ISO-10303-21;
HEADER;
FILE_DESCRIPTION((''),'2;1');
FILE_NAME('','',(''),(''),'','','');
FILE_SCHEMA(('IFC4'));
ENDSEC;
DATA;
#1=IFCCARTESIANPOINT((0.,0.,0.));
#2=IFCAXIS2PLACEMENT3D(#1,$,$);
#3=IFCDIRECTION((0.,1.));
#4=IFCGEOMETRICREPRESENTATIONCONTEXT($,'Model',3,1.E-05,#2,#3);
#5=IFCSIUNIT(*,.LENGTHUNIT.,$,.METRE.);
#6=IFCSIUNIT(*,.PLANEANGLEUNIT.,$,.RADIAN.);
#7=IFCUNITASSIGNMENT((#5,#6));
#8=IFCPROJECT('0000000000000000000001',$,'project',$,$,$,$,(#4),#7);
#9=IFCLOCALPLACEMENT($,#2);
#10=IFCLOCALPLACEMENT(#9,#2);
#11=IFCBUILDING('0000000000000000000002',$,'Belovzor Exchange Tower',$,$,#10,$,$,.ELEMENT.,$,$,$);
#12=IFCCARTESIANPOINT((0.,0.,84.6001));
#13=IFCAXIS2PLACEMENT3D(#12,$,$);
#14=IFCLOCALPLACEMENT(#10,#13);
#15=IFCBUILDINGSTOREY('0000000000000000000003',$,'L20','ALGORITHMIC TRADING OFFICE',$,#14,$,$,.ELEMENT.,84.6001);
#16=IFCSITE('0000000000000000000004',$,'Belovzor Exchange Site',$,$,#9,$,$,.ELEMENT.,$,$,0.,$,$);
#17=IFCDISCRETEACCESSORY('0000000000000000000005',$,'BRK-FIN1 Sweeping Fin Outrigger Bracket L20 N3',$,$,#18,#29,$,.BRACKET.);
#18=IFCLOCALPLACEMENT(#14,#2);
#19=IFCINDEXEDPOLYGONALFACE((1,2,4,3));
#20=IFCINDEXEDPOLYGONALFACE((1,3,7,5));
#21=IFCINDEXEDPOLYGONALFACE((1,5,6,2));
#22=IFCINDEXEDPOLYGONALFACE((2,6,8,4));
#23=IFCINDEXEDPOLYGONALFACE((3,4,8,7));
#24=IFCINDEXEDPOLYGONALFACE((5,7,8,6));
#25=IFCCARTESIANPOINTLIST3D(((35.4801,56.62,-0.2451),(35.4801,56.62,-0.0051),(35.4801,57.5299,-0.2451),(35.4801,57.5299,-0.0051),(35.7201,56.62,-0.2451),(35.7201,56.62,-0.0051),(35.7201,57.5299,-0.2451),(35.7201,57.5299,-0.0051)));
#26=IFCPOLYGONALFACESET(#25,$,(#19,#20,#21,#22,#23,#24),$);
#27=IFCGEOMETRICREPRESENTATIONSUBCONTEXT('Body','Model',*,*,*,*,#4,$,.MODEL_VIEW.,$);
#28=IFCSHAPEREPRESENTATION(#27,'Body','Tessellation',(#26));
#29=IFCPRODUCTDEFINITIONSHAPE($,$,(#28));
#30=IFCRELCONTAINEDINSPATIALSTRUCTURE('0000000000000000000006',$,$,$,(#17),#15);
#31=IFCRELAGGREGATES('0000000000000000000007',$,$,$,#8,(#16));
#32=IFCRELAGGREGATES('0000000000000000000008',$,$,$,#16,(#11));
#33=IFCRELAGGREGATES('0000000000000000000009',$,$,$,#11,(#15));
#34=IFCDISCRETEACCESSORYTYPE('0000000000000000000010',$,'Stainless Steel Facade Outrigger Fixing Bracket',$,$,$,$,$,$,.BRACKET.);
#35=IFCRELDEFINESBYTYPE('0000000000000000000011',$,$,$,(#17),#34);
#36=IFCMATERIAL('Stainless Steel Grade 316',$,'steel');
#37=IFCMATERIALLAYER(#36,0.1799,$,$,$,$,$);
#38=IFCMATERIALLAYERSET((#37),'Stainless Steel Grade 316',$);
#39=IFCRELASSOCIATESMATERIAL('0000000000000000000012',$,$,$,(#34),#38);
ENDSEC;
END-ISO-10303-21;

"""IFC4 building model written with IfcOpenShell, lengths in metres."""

from ifc_helpers import new_model, si_unit, direction, frame, origin, origin_2d, place, context, subcontext, project, spatial, rectangle, extrude, material, layer, layer_set, type_object, element, save


model = new_model("IFC4")

# Units and contexts
model_context = context("Model", 3, precision=1e-05, world=origin(), true_north=direction((0.0, 1.0)))
body_context = subcontext(model_context, "Body", "Model", "MODEL_VIEW")
ifc_project = project(units=[si_unit("LENGTHUNIT", "METRE"), si_unit("PLANEANGLEUNIT", "RADIAN")], contexts=[model_context])

# Site, building, storey
site_placement = place(None, origin())
site = spatial("IfcSite", under=ifc_project, at=site_placement, Name="Belovzor Exchange Site", CompositionType="ELEMENT", RefElevation=0.0)
building_placement = place(site_placement, origin())
building = spatial("IfcBuilding", under=site, at=building_placement, Name="Belovzor Exchange Tower", CompositionType="ELEMENT")
storey_placement = place(building_placement, frame((0.0, 0.0, 84.6001)))
storey = spatial("IfcBuildingStorey", under=building, at=storey_placement, Name="L20", Description="ALGORITHMIC TRADING OFFICE", CompositionType="ELEMENT", Elevation=84.6001)

# Discrete accessory
ifc_material_1 = material(Name="Stainless Steel Grade 316", Category="steel")
ifc_layer_1 = layer(ifc_material_1, 0.1799)
ifc_layer_set_1 = layer_set([ifc_layer_1], Name="Stainless Steel Grade 316")
discrete_accessory_type = type_object("IfcDiscreteAccessoryType", Name="Stainless Steel Facade Outrigger Fixing Bracket", PredefinedType="BRACKET", material=ifc_layer_set_1)
discrete_accessory_placement = place(storey_placement, frame((35.6001, 57.075, -0.2451), z_axis=(0.0, 0.0, 1.0), x_axis=(0.0, 1.0, 0.0)))
element("IfcDiscreteAccessory", 1, at=discrete_accessory_placement, inside=storey, type_object=discrete_accessory_type, Name="BRK-FIN1 Sweeping Fin Outrigger Bracket L20 N3", PredefinedType="BRACKET", context=body_context, shape_type="SweptSolid", body=[
    extrude(rectangle(XDim=0.9099, YDim=0.24, at=origin_2d()), origin(), (0.0, 0.0, 1.0), 0.24),
])

save(model, "model.ifc")
